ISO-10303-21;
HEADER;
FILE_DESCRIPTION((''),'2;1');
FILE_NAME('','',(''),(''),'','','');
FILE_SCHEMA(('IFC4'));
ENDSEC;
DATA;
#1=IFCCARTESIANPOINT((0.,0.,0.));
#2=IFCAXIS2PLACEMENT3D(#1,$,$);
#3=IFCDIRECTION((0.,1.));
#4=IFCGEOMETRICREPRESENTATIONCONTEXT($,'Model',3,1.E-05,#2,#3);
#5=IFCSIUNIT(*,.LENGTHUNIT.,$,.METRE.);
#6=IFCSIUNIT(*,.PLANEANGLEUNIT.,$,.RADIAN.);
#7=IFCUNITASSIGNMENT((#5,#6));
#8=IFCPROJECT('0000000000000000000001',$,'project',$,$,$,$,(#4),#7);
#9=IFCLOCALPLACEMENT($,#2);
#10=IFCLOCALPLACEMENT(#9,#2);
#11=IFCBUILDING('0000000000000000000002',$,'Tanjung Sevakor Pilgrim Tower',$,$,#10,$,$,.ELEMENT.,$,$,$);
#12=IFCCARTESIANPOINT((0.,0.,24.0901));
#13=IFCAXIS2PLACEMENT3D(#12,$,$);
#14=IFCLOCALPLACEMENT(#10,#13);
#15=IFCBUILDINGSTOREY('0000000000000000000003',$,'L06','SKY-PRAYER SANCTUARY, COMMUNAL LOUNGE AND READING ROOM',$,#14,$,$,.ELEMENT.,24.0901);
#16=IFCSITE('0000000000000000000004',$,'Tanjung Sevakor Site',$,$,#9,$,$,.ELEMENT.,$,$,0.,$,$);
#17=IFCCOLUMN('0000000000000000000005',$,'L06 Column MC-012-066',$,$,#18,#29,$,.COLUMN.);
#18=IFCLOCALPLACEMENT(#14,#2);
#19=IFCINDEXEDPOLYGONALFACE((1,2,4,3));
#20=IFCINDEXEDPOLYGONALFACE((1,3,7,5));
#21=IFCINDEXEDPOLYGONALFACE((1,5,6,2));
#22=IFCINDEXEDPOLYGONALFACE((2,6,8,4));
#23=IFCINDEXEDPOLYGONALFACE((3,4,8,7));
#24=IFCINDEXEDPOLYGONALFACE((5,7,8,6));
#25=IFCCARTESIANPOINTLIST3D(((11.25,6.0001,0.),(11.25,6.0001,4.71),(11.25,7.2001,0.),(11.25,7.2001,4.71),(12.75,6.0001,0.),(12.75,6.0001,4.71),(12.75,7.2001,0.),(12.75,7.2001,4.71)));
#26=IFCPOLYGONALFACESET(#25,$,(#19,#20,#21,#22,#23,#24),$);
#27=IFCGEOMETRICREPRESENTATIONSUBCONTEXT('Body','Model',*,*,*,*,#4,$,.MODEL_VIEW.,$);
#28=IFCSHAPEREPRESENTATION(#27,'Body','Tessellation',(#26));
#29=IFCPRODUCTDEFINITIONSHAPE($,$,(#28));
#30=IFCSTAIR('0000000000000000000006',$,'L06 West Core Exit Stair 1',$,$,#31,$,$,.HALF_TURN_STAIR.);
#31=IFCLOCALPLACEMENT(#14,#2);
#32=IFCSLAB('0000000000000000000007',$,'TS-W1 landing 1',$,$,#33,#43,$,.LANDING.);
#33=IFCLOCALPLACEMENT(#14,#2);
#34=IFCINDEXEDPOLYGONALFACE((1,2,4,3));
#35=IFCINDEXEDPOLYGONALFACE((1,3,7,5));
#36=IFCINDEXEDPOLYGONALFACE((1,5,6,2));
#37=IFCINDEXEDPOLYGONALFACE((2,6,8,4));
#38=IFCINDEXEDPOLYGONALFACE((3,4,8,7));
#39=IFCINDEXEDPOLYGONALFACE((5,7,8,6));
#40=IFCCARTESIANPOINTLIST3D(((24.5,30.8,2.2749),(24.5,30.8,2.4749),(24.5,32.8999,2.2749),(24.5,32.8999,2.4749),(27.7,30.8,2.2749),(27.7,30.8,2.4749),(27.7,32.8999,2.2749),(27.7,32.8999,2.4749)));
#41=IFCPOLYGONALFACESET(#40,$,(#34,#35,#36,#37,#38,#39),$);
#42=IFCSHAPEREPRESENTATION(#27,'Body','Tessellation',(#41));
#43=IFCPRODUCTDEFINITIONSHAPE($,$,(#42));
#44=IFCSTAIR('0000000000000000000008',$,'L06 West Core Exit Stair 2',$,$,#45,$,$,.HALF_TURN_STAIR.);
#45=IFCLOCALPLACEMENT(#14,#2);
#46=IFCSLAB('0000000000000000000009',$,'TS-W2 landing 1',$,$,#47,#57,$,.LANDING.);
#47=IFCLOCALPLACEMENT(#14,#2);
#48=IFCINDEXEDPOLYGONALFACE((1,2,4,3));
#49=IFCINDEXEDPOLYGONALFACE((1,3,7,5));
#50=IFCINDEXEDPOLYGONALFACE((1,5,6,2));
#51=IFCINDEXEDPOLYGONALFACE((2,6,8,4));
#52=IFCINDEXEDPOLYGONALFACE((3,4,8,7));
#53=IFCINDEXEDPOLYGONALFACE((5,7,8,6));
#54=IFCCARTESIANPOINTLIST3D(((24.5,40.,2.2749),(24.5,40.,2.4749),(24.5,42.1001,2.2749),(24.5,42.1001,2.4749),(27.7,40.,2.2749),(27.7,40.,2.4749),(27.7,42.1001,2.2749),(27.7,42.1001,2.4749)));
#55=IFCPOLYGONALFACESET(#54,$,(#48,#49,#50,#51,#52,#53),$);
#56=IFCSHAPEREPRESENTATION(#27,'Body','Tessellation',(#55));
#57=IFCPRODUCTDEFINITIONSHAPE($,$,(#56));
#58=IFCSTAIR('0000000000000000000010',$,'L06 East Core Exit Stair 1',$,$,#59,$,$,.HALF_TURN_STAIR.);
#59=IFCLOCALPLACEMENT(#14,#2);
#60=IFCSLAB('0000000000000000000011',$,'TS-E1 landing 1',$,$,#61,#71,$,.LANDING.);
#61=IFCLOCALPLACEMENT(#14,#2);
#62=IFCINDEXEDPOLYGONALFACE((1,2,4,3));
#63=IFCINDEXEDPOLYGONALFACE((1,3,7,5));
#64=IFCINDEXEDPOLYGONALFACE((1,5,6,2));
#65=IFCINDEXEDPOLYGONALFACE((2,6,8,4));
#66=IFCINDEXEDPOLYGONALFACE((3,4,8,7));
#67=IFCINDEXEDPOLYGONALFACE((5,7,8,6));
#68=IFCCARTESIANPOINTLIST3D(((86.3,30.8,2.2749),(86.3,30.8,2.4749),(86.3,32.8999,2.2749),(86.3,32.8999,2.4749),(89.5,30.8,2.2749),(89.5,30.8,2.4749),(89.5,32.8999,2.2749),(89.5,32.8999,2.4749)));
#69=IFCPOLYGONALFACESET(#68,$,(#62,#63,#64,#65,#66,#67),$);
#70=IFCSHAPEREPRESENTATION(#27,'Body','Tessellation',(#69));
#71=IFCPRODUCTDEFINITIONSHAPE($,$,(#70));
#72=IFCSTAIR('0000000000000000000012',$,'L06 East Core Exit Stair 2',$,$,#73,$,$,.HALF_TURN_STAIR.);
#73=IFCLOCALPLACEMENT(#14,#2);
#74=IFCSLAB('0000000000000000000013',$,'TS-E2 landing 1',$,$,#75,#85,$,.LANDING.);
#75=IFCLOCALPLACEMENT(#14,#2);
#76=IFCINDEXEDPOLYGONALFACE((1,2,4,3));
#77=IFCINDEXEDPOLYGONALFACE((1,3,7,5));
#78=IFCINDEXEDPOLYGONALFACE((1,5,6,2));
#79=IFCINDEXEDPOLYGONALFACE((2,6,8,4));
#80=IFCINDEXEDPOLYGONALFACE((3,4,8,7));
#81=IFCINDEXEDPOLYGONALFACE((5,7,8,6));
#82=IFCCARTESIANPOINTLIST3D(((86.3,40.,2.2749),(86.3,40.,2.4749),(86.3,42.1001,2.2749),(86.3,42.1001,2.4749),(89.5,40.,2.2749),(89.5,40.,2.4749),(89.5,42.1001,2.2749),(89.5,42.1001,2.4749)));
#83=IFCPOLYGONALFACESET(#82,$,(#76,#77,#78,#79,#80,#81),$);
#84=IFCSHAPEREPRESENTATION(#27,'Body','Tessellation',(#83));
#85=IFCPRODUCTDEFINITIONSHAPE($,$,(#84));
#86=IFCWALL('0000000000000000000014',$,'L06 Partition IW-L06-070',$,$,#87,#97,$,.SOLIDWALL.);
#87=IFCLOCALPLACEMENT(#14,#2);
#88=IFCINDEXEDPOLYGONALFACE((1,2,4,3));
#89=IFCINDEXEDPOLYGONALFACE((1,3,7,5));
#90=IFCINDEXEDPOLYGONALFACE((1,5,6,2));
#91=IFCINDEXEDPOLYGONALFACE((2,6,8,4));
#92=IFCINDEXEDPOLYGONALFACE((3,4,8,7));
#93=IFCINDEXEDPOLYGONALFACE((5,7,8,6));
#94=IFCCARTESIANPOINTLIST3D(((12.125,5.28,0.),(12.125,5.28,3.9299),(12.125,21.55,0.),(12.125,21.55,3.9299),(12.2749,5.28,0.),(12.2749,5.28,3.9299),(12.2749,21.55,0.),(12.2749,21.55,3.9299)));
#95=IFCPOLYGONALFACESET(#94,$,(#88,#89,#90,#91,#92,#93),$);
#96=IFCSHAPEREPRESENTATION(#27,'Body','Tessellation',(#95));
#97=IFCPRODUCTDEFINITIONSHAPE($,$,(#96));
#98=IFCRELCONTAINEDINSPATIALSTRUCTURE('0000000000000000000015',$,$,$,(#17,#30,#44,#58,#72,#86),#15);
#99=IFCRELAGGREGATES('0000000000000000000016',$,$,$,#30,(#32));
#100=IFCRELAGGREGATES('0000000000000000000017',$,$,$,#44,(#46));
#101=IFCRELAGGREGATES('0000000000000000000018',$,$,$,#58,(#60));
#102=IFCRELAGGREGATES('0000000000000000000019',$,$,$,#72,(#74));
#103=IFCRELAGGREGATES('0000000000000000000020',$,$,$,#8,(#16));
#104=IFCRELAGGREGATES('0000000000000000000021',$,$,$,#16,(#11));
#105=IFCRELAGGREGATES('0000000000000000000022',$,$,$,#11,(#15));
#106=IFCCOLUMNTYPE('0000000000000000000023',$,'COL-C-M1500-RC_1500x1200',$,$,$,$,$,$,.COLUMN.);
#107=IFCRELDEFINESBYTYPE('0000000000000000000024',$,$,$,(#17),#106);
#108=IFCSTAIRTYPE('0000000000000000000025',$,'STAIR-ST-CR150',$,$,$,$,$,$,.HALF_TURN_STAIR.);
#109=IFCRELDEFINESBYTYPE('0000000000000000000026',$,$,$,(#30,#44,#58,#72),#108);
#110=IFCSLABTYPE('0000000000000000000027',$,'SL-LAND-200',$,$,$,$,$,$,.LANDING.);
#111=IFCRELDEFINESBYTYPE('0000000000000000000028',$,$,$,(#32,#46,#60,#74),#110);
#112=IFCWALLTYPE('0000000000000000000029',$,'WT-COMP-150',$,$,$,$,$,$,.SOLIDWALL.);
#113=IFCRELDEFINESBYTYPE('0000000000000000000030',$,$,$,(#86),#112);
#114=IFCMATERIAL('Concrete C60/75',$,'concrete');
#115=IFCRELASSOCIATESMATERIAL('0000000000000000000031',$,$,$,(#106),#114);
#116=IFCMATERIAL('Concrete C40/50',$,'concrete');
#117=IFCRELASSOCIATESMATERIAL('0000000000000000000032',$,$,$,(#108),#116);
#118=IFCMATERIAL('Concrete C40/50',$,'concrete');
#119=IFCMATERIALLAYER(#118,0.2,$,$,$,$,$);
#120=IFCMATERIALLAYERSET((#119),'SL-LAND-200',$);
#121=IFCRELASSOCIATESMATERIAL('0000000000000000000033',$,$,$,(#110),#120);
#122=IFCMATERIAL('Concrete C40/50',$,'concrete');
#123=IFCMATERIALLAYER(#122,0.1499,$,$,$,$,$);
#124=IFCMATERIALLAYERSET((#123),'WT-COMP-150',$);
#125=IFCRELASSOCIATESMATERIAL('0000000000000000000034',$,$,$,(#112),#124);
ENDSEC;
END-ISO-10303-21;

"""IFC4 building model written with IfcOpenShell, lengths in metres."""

from ifc_helpers import new_model, si_unit, direction, frame, frame_2d, origin, origin_2d, place, context, subcontext, project, spatial, polyline, rectangle, outline, extrude, material, layer, layer_set, material_profile, profile_set, type_object, element, aggregate, save


model = new_model("IFC4")

# Units and contexts
model_context = context("Model", 3, precision=1e-05, world=origin(), true_north=direction((0.0, 1.0)))
body_context = subcontext(model_context, "Body", "Model", "MODEL_VIEW")
ifc_project = project(units=[si_unit("LENGTHUNIT", "METRE"), si_unit("PLANEANGLEUNIT", "RADIAN")], contexts=[model_context])

# Site, building, storey
site_placement = place(None, origin())
site = spatial("IfcSite", under=ifc_project, at=site_placement, Name="Tanjung Sevakor Site", CompositionType="ELEMENT", RefElevation=0.0)
building_placement = place(site_placement, origin())
building = spatial("IfcBuilding", under=site, at=building_placement, Name="Tanjung Sevakor Pilgrim Tower", CompositionType="ELEMENT")
storey_placement = place(building_placement, frame((0.0, 0.0, 24.0901)))
storey = spatial("IfcBuildingStorey", under=building, at=storey_placement, Name="L06", Description="SKY-PRAYER SANCTUARY, COMMUNAL LOUNGE AND READING ROOM", CompositionType="ELEMENT", Elevation=24.0901)

# Column
ifc_material_1 = material(Name="Concrete C60/75", Category="concrete")
ifc_material_profile = material_profile(ifc_material_1, rectangle(XDim=1.5, YDim=1.2, at=origin_2d()))
ifc_profile_set = profile_set([ifc_material_profile], Name="Concrete C60/75")
column_type = type_object("IfcColumnType", Name="COL-C-M1500-RC_1500x1200", PredefinedType="COLUMN", material=ifc_profile_set)
column_placement = place(storey_placement, frame((12.0, 6.6001, 0.0), z_axis=(0.0, 0.0, 1.0), x_axis=(1.0, 0.0, 0.0)))
element("IfcColumn", 1, at=column_placement, inside=storey, type_object=column_type, Name="L06 Column MC-012-066", PredefinedType="COLUMN", context=body_context, shape_type="SweptSolid", body=[
    extrude(rectangle(XDim=1.5, YDim=1.2, at=origin_2d()), origin(), (0.0, 0.0, 1.0), 4.71),
])

# Stairs, slabs
ifc_material_2 = material(Name="Concrete C40/50", Category="concrete")
stair_type = type_object("IfcStairType", Name="STAIR-ST-CR150", PredefinedType="HALF_TURN_STAIR", material=ifc_material_2)
stair_1_placement = place(storey_placement, origin())
stair_1 = element("IfcStair", 2, at=stair_1_placement, inside=storey, type_object=stair_type, Name="L06 West Core Exit Stair 1", PredefinedType="HALF_TURN_STAIR")
ifc_material_3 = material(Name="Concrete C40/50", Category="concrete")
ifc_layer_1 = layer(ifc_material_3, 0.2)
ifc_layer_set_1 = layer_set([ifc_layer_1], Name="SL-LAND-200")
slab_type = type_object("IfcSlabType", Name="SL-LAND-200", PredefinedType="LANDING", material=ifc_layer_set_1)
slab_1_placement = place(storey_placement, frame((0.0, 0.0, 2.2749)))
slab_1 = element("IfcSlab", 3, at=slab_1_placement, type_object=slab_type, Name="TS-W1 landing 1", PredefinedType="LANDING", context=body_context, shape_type="SweptSolid", body=[
    extrude(outline(polyline([(27.7, 30.8), (27.7, 32.8999), (24.5, 32.8999), (24.5, 30.8), (27.7, 30.8)])), origin(), (0.0, 0.0, 1.0), 0.2),
])
aggregate(stair_1, [slab_1])
stair_2_placement = place(storey_placement, origin())
stair_2 = element("IfcStair", 4, at=stair_2_placement, inside=storey, type_object=stair_type, Name="L06 West Core Exit Stair 2", PredefinedType="HALF_TURN_STAIR")
slab_2_placement = place(storey_placement, frame((0.0, 0.0, 2.2749)))
slab_2 = element("IfcSlab", 5, at=slab_2_placement, type_object=slab_type, Name="TS-W2 landing 1", PredefinedType="LANDING", context=body_context, shape_type="SweptSolid", body=[
    extrude(outline(polyline([(27.7, 40.0), (27.7, 42.1001), (24.5, 42.1001), (24.5, 40.0), (27.7, 40.0)])), origin(), (0.0, 0.0, 1.0), 0.2),
])
aggregate(stair_2, [slab_2])
stair_3_placement = place(storey_placement, origin())
stair_3 = element("IfcStair", 6, at=stair_3_placement, inside=storey, type_object=stair_type, Name="L06 East Core Exit Stair 1", PredefinedType="HALF_TURN_STAIR")
slab_3_placement = place(storey_placement, frame((0.0, 0.0, 2.2749)))
slab_3 = element("IfcSlab", 7, at=slab_3_placement, type_object=slab_type, Name="TS-E1 landing 1", PredefinedType="LANDING", context=body_context, shape_type="SweptSolid", body=[
    extrude(outline(polyline([(89.5, 30.8), (89.5, 32.8999), (86.3, 32.8999), (86.3, 30.8), (89.5, 30.8)])), origin(), (0.0, 0.0, 1.0), 0.2),
])
aggregate(stair_3, [slab_3])
stair_4_placement = place(storey_placement, origin())
stair_4 = element("IfcStair", 8, at=stair_4_placement, inside=storey, type_object=stair_type, Name="L06 East Core Exit Stair 2", PredefinedType="HALF_TURN_STAIR")
slab_4_placement = place(storey_placement, frame((0.0, 0.0, 2.2749)))
slab_4 = element("IfcSlab", 9, at=slab_4_placement, type_object=slab_type, Name="TS-E2 landing 1", PredefinedType="LANDING", context=body_context, shape_type="SweptSolid", body=[
    extrude(outline(polyline([(89.5, 40.0), (89.5, 42.1001), (86.3, 42.1001), (86.3, 40.0), (89.5, 40.0)])), origin(), (0.0, 0.0, 1.0), 0.2),
])
aggregate(stair_4, [slab_4])

# Wall
ifc_material_4 = material(Name="Concrete C40/50", Category="concrete")
ifc_layer_2 = layer(ifc_material_4, 0.1499)
ifc_layer_set_2 = layer_set([ifc_layer_2], Name="WT-COMP-150")
wall_type_1 = type_object("IfcWallType", Name="WT-COMP-150", PredefinedType="SOLIDWALL", material=ifc_layer_set_2)
wall_1_placement = place(storey_placement, frame((12.2, 5.28, 0.0), z_axis=(0.0, 0.0, 1.0), x_axis=(0.0, 1.0, 0.0)))
element("IfcWall", 10, at=wall_1_placement, inside=storey, type_object=wall_type_1, Name="L06 Partition IW-L06-070", PredefinedType="SOLIDWALL", context=body_context, shape_type="SweptSolid", body=[
    extrude(rectangle(XDim=16.27, YDim=0.1499, at=frame_2d((8.135, 0.0))), origin(), (0.0, 0.0, 1.0), 3.9299),
])

save(model, "model.ifc")
